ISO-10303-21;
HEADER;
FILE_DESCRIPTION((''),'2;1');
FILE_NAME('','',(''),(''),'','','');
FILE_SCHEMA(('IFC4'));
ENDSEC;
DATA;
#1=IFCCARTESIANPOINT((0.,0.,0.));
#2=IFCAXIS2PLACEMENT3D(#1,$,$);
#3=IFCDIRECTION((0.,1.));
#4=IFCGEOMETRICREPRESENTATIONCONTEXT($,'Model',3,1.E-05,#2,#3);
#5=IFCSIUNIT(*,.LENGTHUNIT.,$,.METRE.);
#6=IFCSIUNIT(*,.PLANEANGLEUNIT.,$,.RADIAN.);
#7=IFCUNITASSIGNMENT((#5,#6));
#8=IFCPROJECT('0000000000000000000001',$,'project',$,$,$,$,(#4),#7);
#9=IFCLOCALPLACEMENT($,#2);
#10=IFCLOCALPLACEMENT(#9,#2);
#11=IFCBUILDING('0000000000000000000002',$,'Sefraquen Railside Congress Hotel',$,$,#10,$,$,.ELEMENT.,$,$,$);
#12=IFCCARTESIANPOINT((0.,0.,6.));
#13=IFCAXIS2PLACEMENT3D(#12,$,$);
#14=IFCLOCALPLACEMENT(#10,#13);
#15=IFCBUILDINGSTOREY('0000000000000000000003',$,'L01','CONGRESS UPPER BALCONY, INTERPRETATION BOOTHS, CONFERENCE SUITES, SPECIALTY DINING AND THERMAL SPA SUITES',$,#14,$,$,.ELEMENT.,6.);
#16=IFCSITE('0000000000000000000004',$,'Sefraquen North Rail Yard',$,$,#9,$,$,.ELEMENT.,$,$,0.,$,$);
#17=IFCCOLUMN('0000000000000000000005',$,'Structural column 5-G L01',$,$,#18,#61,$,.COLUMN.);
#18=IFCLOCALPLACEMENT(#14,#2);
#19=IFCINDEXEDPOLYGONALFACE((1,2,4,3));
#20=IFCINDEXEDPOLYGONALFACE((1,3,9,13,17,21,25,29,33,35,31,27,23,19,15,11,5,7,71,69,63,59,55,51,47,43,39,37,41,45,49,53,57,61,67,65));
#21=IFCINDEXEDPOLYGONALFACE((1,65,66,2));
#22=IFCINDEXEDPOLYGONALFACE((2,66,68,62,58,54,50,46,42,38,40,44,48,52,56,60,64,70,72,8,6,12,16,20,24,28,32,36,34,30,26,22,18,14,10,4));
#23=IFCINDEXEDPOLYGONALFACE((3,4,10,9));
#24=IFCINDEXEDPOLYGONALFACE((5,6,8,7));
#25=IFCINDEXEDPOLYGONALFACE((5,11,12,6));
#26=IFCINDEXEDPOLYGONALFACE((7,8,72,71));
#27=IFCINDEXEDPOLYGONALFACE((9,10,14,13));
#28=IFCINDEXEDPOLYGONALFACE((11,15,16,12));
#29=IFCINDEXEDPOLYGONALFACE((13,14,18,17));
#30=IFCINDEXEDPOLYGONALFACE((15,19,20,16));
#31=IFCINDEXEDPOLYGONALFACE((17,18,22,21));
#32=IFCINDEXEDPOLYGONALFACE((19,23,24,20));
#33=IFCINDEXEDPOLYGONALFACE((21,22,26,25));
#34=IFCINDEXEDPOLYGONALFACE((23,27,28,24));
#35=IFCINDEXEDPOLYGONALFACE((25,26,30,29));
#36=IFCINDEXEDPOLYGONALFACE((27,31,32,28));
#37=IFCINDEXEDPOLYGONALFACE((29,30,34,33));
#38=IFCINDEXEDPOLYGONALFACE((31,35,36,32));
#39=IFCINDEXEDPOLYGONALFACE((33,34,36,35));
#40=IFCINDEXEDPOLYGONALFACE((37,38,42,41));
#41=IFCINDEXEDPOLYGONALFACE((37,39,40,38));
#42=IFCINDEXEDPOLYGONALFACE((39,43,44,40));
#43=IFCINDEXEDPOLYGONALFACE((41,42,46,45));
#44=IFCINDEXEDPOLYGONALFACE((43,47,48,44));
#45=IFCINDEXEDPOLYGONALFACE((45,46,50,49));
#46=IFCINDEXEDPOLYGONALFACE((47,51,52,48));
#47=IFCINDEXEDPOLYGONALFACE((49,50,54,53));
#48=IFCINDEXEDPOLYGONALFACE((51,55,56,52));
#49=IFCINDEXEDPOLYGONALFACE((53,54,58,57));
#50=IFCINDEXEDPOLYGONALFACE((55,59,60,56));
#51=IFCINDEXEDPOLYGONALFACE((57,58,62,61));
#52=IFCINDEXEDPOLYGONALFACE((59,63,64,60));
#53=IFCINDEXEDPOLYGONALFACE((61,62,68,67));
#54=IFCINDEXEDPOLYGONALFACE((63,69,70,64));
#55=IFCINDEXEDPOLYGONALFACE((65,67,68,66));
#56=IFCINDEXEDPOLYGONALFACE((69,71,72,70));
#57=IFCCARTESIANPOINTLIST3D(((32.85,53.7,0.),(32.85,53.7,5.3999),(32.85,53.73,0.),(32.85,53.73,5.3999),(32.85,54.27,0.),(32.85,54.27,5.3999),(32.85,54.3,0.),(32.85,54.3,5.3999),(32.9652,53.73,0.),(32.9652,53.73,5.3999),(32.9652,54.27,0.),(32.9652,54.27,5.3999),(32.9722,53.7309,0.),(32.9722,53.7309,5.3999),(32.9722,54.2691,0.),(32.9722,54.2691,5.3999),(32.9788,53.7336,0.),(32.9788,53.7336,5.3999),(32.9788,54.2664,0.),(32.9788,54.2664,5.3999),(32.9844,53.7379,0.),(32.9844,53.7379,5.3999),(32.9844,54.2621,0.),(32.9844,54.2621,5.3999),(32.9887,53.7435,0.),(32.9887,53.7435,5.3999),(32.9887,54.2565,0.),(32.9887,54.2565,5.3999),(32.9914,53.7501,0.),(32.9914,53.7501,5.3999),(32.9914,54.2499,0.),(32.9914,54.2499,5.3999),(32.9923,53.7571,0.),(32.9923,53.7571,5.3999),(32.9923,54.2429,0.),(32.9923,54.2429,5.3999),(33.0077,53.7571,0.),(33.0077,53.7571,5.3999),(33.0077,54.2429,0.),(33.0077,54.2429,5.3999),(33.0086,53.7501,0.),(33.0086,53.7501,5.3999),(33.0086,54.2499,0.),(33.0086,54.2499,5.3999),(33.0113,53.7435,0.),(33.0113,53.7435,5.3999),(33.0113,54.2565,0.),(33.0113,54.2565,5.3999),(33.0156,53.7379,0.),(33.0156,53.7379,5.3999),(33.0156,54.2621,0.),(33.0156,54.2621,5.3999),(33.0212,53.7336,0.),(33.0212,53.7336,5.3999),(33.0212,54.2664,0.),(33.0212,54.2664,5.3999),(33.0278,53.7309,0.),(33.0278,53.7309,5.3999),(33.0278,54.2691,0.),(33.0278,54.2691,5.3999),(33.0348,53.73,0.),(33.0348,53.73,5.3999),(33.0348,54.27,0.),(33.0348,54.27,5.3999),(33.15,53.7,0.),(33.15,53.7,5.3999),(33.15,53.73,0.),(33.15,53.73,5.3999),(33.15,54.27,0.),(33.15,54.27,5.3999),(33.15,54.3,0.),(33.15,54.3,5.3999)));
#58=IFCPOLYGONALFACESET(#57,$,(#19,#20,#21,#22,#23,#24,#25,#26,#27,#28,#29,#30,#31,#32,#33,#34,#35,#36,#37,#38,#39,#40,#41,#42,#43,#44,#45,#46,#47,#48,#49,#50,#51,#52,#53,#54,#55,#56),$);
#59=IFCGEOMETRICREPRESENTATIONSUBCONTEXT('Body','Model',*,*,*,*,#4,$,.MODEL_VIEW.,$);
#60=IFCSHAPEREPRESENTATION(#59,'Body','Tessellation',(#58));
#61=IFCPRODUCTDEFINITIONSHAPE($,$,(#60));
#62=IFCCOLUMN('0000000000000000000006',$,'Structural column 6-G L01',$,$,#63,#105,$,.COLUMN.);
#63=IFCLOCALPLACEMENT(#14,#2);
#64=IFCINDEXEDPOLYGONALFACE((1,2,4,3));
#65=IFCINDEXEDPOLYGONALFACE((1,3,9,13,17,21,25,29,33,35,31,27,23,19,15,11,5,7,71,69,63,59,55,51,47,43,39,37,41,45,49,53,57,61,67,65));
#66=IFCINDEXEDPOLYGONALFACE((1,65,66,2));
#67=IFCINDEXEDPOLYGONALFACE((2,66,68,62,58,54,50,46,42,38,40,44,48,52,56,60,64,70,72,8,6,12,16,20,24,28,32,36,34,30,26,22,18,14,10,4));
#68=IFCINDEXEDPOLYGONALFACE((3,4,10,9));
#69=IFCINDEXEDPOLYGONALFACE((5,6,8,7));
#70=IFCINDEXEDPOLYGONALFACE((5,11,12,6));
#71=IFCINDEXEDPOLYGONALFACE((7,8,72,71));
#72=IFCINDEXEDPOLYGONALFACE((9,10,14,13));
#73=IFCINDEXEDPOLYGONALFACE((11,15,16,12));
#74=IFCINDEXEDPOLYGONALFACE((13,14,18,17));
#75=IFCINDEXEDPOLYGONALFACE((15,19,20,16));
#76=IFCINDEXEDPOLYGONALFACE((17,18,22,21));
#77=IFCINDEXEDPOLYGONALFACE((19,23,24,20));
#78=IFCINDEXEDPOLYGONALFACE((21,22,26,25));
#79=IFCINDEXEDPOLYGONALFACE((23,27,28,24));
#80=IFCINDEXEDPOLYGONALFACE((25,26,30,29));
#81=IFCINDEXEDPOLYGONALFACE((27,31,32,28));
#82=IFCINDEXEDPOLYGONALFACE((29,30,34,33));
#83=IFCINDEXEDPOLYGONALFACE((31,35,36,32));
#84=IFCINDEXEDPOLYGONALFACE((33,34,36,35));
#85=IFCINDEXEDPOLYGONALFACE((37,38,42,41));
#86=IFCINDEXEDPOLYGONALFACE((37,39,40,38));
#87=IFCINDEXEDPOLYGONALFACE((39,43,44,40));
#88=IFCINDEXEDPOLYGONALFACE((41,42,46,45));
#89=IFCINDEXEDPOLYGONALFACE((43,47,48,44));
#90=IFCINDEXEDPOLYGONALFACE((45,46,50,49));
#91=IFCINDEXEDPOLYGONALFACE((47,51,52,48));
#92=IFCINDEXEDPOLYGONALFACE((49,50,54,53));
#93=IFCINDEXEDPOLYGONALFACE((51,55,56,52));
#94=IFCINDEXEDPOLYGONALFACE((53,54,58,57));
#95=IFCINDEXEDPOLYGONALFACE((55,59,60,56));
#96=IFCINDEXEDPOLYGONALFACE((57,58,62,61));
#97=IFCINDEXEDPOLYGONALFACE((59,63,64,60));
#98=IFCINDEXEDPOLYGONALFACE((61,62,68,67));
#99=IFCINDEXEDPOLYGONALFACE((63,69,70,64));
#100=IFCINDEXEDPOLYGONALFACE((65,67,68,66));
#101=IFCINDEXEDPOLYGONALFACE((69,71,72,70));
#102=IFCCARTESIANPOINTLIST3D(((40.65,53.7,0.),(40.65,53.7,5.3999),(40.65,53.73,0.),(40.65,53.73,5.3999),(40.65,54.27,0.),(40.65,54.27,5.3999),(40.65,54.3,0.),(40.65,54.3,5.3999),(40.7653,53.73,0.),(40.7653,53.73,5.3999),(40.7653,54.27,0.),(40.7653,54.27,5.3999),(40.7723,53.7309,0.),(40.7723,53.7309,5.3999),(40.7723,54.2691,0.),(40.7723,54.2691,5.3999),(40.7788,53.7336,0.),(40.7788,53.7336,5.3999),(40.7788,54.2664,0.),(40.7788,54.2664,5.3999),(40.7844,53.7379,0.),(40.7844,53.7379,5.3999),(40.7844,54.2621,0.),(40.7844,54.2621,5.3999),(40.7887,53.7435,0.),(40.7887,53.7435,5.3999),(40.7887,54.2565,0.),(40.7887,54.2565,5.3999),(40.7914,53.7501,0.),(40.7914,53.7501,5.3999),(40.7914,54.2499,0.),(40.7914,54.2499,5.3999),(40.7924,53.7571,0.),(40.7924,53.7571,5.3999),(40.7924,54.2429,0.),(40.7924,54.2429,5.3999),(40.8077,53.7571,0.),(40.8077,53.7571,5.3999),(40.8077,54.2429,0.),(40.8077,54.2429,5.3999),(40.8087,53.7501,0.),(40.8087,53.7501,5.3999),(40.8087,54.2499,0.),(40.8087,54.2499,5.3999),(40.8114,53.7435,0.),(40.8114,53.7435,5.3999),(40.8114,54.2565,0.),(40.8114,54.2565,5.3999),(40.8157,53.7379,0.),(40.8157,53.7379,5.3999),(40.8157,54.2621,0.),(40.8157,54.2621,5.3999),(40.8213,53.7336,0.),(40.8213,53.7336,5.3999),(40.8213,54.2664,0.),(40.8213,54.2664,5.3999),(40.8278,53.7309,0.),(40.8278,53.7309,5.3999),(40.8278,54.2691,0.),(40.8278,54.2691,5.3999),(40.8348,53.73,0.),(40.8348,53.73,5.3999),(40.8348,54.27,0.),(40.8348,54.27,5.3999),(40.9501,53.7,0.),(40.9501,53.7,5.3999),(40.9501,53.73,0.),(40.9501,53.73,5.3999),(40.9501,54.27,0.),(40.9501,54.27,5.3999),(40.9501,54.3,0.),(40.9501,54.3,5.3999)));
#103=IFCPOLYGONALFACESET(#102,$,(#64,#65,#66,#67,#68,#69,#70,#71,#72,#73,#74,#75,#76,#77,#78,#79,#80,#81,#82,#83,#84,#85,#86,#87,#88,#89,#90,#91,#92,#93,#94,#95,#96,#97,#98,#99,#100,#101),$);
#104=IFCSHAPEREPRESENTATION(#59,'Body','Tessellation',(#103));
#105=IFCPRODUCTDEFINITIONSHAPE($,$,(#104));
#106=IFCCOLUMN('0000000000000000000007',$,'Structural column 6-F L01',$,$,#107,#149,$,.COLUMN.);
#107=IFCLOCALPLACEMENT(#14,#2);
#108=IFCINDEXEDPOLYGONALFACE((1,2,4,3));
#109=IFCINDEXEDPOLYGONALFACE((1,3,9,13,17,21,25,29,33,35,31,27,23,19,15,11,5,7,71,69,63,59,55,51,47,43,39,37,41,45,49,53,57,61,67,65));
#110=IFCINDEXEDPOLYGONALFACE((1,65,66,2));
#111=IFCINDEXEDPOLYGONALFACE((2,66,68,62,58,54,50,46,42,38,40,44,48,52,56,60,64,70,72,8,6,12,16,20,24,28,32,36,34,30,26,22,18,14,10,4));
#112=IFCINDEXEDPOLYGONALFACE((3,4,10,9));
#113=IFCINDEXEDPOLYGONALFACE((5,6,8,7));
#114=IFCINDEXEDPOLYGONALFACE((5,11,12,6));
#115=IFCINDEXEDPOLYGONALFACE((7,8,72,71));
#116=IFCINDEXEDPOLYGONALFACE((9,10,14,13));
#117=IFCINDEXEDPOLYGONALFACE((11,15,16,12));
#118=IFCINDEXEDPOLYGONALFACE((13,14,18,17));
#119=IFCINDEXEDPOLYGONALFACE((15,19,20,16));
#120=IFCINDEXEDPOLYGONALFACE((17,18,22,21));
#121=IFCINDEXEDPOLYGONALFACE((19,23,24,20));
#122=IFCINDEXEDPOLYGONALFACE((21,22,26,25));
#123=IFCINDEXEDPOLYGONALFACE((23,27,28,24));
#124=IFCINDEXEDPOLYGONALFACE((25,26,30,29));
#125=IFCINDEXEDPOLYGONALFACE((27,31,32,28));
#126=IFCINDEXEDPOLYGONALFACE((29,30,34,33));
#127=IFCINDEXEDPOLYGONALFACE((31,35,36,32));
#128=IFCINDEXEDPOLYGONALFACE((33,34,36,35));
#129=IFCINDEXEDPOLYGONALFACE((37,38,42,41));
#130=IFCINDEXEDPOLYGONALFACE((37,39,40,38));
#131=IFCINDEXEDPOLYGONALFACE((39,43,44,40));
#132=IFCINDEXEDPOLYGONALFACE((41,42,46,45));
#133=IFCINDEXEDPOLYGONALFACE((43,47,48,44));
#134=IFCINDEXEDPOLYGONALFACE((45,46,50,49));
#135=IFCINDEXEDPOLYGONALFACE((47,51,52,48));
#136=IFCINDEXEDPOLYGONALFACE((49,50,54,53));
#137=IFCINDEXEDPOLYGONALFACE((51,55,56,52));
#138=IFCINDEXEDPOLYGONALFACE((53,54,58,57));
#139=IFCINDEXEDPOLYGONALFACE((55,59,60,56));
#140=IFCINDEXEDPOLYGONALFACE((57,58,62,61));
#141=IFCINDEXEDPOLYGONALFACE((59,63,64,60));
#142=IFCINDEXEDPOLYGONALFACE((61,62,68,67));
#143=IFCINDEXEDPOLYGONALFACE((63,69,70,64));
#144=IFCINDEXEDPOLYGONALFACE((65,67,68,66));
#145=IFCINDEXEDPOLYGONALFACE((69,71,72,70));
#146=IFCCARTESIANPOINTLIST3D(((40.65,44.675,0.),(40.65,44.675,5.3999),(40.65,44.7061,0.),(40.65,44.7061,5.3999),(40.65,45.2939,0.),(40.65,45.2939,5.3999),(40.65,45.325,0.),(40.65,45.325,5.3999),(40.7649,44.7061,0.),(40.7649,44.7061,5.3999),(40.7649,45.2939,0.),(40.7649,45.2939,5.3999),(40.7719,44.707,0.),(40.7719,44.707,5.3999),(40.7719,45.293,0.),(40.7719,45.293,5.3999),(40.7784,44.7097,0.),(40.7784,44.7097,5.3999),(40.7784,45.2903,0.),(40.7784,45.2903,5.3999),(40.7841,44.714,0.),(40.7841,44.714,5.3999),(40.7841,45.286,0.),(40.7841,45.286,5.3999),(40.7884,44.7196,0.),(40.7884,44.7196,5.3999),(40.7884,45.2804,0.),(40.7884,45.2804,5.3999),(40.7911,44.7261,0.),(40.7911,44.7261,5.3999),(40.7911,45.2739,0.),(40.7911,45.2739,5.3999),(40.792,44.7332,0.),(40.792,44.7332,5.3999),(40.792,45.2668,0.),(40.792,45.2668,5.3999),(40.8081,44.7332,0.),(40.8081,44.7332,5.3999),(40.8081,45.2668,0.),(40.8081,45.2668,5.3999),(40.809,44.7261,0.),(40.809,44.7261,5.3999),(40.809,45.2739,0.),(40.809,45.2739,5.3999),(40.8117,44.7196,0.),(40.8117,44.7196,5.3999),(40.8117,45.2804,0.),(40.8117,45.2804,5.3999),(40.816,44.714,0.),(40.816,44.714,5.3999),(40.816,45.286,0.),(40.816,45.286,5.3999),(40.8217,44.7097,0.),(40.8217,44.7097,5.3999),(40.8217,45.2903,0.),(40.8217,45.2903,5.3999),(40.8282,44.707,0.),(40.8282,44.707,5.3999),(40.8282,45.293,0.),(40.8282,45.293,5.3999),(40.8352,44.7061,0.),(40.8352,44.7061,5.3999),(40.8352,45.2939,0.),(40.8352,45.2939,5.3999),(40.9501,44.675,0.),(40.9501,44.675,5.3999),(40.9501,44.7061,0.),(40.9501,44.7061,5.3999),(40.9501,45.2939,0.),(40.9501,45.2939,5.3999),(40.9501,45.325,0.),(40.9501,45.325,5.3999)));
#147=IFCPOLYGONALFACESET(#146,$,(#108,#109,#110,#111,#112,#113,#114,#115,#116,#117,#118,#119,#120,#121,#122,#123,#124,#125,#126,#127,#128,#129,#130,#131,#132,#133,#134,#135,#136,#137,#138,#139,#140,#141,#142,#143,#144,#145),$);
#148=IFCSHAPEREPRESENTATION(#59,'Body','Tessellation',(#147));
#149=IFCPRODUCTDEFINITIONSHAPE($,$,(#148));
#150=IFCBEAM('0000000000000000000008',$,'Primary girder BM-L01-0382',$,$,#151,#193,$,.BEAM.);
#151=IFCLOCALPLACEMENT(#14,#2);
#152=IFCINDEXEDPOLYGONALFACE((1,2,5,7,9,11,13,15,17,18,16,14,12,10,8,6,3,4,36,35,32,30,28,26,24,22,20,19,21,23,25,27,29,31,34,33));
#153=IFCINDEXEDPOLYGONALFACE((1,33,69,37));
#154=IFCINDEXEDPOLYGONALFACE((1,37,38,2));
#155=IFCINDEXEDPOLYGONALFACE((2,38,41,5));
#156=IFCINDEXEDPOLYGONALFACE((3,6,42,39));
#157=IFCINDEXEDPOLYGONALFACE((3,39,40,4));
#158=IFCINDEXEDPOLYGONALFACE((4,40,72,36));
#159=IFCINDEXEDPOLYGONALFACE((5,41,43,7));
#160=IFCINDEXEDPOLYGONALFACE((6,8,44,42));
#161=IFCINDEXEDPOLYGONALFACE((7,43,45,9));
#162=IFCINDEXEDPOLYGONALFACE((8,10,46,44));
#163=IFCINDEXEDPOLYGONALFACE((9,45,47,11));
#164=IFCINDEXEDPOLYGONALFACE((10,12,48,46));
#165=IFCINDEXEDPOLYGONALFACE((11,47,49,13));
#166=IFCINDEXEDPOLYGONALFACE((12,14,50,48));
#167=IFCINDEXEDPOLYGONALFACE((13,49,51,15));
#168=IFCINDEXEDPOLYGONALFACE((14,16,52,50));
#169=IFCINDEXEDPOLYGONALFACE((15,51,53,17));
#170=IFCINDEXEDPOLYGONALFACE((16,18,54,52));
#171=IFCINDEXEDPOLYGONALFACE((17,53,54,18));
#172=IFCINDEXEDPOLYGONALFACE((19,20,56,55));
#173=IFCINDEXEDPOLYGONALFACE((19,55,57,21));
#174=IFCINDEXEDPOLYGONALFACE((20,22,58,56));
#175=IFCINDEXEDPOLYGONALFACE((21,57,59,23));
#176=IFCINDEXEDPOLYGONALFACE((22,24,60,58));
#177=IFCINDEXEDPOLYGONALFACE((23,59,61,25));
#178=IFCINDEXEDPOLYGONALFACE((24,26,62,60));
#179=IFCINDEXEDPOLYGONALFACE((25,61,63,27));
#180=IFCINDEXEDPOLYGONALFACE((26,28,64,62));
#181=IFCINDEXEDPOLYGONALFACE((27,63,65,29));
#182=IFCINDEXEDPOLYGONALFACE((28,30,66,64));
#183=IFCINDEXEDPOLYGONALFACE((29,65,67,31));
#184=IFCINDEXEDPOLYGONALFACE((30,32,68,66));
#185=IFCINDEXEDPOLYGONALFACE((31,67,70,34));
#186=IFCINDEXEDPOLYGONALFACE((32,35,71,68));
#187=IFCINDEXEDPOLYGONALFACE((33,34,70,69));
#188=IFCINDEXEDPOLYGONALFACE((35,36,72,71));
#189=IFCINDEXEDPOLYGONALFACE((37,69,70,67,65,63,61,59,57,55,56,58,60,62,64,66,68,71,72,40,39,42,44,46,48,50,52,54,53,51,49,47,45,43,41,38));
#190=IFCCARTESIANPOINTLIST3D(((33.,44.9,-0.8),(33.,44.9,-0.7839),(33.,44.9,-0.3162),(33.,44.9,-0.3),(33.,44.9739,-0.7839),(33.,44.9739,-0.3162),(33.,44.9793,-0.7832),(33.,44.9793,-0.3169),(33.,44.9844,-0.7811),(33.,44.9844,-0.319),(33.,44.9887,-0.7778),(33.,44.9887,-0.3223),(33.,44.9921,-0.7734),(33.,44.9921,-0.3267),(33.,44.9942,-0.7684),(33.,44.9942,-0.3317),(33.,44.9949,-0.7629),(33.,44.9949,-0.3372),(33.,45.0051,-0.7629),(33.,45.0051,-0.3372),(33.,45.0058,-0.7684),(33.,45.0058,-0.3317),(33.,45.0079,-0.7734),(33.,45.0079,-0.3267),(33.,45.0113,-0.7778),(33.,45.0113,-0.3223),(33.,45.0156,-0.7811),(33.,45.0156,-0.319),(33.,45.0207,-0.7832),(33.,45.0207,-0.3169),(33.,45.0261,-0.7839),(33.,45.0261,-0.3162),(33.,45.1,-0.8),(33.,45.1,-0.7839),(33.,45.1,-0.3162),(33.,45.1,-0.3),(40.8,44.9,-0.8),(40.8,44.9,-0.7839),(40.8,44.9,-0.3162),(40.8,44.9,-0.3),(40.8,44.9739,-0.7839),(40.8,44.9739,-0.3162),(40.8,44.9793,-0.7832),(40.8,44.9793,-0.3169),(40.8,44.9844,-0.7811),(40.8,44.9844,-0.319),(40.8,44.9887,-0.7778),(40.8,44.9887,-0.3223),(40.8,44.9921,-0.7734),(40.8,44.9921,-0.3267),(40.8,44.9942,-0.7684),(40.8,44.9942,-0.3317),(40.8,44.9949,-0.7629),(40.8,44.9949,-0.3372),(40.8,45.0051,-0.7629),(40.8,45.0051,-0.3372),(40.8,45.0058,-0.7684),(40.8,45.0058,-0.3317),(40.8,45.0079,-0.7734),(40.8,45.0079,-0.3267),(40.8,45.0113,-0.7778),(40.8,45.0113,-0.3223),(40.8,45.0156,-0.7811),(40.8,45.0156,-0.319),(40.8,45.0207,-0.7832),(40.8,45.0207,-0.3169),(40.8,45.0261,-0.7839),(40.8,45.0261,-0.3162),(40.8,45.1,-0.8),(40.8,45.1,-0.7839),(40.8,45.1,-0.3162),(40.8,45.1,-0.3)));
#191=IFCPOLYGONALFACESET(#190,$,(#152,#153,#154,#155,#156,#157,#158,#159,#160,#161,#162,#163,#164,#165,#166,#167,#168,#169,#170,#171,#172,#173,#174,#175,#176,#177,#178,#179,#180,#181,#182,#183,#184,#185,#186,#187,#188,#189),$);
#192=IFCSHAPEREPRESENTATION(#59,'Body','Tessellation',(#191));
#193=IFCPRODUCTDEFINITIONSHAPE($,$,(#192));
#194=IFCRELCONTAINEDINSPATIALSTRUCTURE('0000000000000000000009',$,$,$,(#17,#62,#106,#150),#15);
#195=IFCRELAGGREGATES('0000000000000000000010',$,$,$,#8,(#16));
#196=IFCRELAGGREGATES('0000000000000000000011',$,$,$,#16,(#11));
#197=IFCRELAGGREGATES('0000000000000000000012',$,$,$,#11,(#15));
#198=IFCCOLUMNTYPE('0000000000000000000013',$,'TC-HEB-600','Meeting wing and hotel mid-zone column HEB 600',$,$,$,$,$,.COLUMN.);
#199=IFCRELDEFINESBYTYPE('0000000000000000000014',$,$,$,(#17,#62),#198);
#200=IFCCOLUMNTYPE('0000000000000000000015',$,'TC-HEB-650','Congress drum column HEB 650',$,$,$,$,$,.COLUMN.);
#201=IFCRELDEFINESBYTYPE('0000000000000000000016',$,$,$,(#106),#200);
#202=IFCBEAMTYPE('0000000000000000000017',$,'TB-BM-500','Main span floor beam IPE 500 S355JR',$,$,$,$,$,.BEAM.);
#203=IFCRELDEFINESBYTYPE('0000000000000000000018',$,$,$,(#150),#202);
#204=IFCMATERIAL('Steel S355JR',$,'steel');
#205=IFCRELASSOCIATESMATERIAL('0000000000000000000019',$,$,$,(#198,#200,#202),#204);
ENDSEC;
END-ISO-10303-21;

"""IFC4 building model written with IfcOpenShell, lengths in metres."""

from ifc_helpers import new_model, si_unit, direction, frame, origin, origin_2d, place, context, subcontext, project, spatial, i_section, extrude, material, material_profile, profile_set, type_object, element, save


model = new_model("IFC4")

# Units and contexts
model_context = context("Model", 3, precision=1e-05, world=origin(), true_north=direction((0.0, 1.0)))
body_context = subcontext(model_context, "Body", "Model", "MODEL_VIEW")
ifc_project = project(units=[si_unit("LENGTHUNIT", "METRE"), si_unit("PLANEANGLEUNIT", "RADIAN")], contexts=[model_context])

# Site, building, storey
site_placement = place(None, origin())
site = spatial("IfcSite", under=ifc_project, at=site_placement, Name="Sefraquen North Rail Yard", CompositionType="ELEMENT", RefElevation=0.0)
building_placement = place(site_placement, origin())
building = spatial("IfcBuilding", under=site, at=building_placement, Name="Sefraquen Railside Congress Hotel", CompositionType="ELEMENT")
storey_placement = place(building_placement, frame((0.0, 0.0, 6.0)))
storey = spatial("IfcBuildingStorey", under=building, at=storey_placement, Name="L01", Description="CONGRESS UPPER BALCONY, INTERPRETATION BOOTHS, CONFERENCE SUITES, SPECIALTY DINING AND THERMAL SPA SUITES", CompositionType="ELEMENT", Elevation=6.0)

# Columns
ifc_material_1 = material(Name="Steel S355JR", Category="steel")
ifc_material_profile_1 = material_profile(ifc_material_1, i_section(OverallWidth=0.3, OverallDepth=0.6001, WebThickness=0.0154, FlangeThickness=0.03, FilletRadius=0.0271, at=origin_2d()), Name="HEB 600")
ifc_profile_set_1 = profile_set([ifc_material_profile_1], Name="Steel S355JR")
column_type_1 = type_object("IfcColumnType", Name="TC-HEB-600", Description="Meeting wing and hotel mid-zone column HEB 600", PredefinedType="COLUMN", material=ifc_profile_set_1)
for number, where, z_axis, x_axis, name in (
    (1, (33.0, 54.0, 0.0), (0.0, 0.0, 1.0), (1.0, 0.0, 0.0), "Structural column 5-G L01"),
    (2, (40.8, 54.0, 0.0), (0.0, 0.0, 1.0), (1.0, 0.0, 0.0), "Structural column 6-G L01"),
):
    element("IfcColumn", number, at=place(storey_placement, frame(where, z_axis=z_axis, x_axis=x_axis)), inside=storey, type_object=column_type_1, Name=name, PredefinedType="COLUMN", context=body_context, shape_type="SweptSolid", body=[
        extrude(i_section(OverallWidth=0.3, OverallDepth=0.6001, WebThickness=0.0154, FlangeThickness=0.03, FilletRadius=0.0271, at=origin_2d()), origin(), (0.0, 0.0, 1.0), 5.3999),
    ])
ifc_material_profile_2 = material_profile(ifc_material_1, i_section(OverallWidth=0.3, OverallDepth=0.6499, WebThickness=0.0161, FlangeThickness=0.031, FilletRadius=0.0271, at=origin_2d()), Name="HEB 650")
ifc_profile_set_2 = profile_set([ifc_material_profile_2], Name="Steel S355JR")
column_type_2 = type_object("IfcColumnType", Name="TC-HEB-650", Description="Congress drum column HEB 650", PredefinedType="COLUMN", material=ifc_profile_set_2)
column_placement = place(storey_placement, frame((40.8, 45.0, 0.0), z_axis=(0.0, 0.0, 1.0), x_axis=(1.0, 0.0, 0.0)))
element("IfcColumn", 3, at=column_placement, inside=storey, type_object=column_type_2, Name="Structural column 6-F L01", PredefinedType="COLUMN", context=body_context, shape_type="SweptSolid", body=[
    extrude(i_section(OverallWidth=0.3, OverallDepth=0.6499, WebThickness=0.0161, FlangeThickness=0.031, FilletRadius=0.0271, at=origin_2d()), origin(), (0.0, 0.0, 1.0), 5.3999),
])

# Beam
ifc_material_profile_3 = material_profile(ifc_material_1, i_section(OverallWidth=0.2, OverallDepth=0.5, WebThickness=0.0103, FlangeThickness=0.0161, FilletRadius=0.021, at=origin_2d()), Name="IPE 500")
ifc_profile_set_3 = profile_set([ifc_material_profile_3], Name="Steel S355JR")
beam_type_1 = type_object("IfcBeamType", Name="TB-BM-500", Description="Main span floor beam IPE 500 S355JR", PredefinedType="BEAM", material=ifc_profile_set_3)
for number, where, z_axis, x_axis, name in (
    (4, (33.0, 45.0, -0.55), (1.0, 0.0, 0.0), (0.0, 1.0, 0.0), "Primary girder BM-L01-0382"),
):
    element("IfcBeam", number, at=place(storey_placement, frame(where, z_axis=z_axis, x_axis=x_axis)), inside=storey, type_object=beam_type_1, Name=name, PredefinedType="BEAM", context=body_context, shape_type="SweptSolid", body=[
        extrude(i_section(OverallWidth=0.2, OverallDepth=0.5, WebThickness=0.0103, FlangeThickness=0.0161, FilletRadius=0.021, at=origin_2d()), origin(), (0.0, 0.0, 1.0), 7.8),
    ])

save(model, "model.ifc")
